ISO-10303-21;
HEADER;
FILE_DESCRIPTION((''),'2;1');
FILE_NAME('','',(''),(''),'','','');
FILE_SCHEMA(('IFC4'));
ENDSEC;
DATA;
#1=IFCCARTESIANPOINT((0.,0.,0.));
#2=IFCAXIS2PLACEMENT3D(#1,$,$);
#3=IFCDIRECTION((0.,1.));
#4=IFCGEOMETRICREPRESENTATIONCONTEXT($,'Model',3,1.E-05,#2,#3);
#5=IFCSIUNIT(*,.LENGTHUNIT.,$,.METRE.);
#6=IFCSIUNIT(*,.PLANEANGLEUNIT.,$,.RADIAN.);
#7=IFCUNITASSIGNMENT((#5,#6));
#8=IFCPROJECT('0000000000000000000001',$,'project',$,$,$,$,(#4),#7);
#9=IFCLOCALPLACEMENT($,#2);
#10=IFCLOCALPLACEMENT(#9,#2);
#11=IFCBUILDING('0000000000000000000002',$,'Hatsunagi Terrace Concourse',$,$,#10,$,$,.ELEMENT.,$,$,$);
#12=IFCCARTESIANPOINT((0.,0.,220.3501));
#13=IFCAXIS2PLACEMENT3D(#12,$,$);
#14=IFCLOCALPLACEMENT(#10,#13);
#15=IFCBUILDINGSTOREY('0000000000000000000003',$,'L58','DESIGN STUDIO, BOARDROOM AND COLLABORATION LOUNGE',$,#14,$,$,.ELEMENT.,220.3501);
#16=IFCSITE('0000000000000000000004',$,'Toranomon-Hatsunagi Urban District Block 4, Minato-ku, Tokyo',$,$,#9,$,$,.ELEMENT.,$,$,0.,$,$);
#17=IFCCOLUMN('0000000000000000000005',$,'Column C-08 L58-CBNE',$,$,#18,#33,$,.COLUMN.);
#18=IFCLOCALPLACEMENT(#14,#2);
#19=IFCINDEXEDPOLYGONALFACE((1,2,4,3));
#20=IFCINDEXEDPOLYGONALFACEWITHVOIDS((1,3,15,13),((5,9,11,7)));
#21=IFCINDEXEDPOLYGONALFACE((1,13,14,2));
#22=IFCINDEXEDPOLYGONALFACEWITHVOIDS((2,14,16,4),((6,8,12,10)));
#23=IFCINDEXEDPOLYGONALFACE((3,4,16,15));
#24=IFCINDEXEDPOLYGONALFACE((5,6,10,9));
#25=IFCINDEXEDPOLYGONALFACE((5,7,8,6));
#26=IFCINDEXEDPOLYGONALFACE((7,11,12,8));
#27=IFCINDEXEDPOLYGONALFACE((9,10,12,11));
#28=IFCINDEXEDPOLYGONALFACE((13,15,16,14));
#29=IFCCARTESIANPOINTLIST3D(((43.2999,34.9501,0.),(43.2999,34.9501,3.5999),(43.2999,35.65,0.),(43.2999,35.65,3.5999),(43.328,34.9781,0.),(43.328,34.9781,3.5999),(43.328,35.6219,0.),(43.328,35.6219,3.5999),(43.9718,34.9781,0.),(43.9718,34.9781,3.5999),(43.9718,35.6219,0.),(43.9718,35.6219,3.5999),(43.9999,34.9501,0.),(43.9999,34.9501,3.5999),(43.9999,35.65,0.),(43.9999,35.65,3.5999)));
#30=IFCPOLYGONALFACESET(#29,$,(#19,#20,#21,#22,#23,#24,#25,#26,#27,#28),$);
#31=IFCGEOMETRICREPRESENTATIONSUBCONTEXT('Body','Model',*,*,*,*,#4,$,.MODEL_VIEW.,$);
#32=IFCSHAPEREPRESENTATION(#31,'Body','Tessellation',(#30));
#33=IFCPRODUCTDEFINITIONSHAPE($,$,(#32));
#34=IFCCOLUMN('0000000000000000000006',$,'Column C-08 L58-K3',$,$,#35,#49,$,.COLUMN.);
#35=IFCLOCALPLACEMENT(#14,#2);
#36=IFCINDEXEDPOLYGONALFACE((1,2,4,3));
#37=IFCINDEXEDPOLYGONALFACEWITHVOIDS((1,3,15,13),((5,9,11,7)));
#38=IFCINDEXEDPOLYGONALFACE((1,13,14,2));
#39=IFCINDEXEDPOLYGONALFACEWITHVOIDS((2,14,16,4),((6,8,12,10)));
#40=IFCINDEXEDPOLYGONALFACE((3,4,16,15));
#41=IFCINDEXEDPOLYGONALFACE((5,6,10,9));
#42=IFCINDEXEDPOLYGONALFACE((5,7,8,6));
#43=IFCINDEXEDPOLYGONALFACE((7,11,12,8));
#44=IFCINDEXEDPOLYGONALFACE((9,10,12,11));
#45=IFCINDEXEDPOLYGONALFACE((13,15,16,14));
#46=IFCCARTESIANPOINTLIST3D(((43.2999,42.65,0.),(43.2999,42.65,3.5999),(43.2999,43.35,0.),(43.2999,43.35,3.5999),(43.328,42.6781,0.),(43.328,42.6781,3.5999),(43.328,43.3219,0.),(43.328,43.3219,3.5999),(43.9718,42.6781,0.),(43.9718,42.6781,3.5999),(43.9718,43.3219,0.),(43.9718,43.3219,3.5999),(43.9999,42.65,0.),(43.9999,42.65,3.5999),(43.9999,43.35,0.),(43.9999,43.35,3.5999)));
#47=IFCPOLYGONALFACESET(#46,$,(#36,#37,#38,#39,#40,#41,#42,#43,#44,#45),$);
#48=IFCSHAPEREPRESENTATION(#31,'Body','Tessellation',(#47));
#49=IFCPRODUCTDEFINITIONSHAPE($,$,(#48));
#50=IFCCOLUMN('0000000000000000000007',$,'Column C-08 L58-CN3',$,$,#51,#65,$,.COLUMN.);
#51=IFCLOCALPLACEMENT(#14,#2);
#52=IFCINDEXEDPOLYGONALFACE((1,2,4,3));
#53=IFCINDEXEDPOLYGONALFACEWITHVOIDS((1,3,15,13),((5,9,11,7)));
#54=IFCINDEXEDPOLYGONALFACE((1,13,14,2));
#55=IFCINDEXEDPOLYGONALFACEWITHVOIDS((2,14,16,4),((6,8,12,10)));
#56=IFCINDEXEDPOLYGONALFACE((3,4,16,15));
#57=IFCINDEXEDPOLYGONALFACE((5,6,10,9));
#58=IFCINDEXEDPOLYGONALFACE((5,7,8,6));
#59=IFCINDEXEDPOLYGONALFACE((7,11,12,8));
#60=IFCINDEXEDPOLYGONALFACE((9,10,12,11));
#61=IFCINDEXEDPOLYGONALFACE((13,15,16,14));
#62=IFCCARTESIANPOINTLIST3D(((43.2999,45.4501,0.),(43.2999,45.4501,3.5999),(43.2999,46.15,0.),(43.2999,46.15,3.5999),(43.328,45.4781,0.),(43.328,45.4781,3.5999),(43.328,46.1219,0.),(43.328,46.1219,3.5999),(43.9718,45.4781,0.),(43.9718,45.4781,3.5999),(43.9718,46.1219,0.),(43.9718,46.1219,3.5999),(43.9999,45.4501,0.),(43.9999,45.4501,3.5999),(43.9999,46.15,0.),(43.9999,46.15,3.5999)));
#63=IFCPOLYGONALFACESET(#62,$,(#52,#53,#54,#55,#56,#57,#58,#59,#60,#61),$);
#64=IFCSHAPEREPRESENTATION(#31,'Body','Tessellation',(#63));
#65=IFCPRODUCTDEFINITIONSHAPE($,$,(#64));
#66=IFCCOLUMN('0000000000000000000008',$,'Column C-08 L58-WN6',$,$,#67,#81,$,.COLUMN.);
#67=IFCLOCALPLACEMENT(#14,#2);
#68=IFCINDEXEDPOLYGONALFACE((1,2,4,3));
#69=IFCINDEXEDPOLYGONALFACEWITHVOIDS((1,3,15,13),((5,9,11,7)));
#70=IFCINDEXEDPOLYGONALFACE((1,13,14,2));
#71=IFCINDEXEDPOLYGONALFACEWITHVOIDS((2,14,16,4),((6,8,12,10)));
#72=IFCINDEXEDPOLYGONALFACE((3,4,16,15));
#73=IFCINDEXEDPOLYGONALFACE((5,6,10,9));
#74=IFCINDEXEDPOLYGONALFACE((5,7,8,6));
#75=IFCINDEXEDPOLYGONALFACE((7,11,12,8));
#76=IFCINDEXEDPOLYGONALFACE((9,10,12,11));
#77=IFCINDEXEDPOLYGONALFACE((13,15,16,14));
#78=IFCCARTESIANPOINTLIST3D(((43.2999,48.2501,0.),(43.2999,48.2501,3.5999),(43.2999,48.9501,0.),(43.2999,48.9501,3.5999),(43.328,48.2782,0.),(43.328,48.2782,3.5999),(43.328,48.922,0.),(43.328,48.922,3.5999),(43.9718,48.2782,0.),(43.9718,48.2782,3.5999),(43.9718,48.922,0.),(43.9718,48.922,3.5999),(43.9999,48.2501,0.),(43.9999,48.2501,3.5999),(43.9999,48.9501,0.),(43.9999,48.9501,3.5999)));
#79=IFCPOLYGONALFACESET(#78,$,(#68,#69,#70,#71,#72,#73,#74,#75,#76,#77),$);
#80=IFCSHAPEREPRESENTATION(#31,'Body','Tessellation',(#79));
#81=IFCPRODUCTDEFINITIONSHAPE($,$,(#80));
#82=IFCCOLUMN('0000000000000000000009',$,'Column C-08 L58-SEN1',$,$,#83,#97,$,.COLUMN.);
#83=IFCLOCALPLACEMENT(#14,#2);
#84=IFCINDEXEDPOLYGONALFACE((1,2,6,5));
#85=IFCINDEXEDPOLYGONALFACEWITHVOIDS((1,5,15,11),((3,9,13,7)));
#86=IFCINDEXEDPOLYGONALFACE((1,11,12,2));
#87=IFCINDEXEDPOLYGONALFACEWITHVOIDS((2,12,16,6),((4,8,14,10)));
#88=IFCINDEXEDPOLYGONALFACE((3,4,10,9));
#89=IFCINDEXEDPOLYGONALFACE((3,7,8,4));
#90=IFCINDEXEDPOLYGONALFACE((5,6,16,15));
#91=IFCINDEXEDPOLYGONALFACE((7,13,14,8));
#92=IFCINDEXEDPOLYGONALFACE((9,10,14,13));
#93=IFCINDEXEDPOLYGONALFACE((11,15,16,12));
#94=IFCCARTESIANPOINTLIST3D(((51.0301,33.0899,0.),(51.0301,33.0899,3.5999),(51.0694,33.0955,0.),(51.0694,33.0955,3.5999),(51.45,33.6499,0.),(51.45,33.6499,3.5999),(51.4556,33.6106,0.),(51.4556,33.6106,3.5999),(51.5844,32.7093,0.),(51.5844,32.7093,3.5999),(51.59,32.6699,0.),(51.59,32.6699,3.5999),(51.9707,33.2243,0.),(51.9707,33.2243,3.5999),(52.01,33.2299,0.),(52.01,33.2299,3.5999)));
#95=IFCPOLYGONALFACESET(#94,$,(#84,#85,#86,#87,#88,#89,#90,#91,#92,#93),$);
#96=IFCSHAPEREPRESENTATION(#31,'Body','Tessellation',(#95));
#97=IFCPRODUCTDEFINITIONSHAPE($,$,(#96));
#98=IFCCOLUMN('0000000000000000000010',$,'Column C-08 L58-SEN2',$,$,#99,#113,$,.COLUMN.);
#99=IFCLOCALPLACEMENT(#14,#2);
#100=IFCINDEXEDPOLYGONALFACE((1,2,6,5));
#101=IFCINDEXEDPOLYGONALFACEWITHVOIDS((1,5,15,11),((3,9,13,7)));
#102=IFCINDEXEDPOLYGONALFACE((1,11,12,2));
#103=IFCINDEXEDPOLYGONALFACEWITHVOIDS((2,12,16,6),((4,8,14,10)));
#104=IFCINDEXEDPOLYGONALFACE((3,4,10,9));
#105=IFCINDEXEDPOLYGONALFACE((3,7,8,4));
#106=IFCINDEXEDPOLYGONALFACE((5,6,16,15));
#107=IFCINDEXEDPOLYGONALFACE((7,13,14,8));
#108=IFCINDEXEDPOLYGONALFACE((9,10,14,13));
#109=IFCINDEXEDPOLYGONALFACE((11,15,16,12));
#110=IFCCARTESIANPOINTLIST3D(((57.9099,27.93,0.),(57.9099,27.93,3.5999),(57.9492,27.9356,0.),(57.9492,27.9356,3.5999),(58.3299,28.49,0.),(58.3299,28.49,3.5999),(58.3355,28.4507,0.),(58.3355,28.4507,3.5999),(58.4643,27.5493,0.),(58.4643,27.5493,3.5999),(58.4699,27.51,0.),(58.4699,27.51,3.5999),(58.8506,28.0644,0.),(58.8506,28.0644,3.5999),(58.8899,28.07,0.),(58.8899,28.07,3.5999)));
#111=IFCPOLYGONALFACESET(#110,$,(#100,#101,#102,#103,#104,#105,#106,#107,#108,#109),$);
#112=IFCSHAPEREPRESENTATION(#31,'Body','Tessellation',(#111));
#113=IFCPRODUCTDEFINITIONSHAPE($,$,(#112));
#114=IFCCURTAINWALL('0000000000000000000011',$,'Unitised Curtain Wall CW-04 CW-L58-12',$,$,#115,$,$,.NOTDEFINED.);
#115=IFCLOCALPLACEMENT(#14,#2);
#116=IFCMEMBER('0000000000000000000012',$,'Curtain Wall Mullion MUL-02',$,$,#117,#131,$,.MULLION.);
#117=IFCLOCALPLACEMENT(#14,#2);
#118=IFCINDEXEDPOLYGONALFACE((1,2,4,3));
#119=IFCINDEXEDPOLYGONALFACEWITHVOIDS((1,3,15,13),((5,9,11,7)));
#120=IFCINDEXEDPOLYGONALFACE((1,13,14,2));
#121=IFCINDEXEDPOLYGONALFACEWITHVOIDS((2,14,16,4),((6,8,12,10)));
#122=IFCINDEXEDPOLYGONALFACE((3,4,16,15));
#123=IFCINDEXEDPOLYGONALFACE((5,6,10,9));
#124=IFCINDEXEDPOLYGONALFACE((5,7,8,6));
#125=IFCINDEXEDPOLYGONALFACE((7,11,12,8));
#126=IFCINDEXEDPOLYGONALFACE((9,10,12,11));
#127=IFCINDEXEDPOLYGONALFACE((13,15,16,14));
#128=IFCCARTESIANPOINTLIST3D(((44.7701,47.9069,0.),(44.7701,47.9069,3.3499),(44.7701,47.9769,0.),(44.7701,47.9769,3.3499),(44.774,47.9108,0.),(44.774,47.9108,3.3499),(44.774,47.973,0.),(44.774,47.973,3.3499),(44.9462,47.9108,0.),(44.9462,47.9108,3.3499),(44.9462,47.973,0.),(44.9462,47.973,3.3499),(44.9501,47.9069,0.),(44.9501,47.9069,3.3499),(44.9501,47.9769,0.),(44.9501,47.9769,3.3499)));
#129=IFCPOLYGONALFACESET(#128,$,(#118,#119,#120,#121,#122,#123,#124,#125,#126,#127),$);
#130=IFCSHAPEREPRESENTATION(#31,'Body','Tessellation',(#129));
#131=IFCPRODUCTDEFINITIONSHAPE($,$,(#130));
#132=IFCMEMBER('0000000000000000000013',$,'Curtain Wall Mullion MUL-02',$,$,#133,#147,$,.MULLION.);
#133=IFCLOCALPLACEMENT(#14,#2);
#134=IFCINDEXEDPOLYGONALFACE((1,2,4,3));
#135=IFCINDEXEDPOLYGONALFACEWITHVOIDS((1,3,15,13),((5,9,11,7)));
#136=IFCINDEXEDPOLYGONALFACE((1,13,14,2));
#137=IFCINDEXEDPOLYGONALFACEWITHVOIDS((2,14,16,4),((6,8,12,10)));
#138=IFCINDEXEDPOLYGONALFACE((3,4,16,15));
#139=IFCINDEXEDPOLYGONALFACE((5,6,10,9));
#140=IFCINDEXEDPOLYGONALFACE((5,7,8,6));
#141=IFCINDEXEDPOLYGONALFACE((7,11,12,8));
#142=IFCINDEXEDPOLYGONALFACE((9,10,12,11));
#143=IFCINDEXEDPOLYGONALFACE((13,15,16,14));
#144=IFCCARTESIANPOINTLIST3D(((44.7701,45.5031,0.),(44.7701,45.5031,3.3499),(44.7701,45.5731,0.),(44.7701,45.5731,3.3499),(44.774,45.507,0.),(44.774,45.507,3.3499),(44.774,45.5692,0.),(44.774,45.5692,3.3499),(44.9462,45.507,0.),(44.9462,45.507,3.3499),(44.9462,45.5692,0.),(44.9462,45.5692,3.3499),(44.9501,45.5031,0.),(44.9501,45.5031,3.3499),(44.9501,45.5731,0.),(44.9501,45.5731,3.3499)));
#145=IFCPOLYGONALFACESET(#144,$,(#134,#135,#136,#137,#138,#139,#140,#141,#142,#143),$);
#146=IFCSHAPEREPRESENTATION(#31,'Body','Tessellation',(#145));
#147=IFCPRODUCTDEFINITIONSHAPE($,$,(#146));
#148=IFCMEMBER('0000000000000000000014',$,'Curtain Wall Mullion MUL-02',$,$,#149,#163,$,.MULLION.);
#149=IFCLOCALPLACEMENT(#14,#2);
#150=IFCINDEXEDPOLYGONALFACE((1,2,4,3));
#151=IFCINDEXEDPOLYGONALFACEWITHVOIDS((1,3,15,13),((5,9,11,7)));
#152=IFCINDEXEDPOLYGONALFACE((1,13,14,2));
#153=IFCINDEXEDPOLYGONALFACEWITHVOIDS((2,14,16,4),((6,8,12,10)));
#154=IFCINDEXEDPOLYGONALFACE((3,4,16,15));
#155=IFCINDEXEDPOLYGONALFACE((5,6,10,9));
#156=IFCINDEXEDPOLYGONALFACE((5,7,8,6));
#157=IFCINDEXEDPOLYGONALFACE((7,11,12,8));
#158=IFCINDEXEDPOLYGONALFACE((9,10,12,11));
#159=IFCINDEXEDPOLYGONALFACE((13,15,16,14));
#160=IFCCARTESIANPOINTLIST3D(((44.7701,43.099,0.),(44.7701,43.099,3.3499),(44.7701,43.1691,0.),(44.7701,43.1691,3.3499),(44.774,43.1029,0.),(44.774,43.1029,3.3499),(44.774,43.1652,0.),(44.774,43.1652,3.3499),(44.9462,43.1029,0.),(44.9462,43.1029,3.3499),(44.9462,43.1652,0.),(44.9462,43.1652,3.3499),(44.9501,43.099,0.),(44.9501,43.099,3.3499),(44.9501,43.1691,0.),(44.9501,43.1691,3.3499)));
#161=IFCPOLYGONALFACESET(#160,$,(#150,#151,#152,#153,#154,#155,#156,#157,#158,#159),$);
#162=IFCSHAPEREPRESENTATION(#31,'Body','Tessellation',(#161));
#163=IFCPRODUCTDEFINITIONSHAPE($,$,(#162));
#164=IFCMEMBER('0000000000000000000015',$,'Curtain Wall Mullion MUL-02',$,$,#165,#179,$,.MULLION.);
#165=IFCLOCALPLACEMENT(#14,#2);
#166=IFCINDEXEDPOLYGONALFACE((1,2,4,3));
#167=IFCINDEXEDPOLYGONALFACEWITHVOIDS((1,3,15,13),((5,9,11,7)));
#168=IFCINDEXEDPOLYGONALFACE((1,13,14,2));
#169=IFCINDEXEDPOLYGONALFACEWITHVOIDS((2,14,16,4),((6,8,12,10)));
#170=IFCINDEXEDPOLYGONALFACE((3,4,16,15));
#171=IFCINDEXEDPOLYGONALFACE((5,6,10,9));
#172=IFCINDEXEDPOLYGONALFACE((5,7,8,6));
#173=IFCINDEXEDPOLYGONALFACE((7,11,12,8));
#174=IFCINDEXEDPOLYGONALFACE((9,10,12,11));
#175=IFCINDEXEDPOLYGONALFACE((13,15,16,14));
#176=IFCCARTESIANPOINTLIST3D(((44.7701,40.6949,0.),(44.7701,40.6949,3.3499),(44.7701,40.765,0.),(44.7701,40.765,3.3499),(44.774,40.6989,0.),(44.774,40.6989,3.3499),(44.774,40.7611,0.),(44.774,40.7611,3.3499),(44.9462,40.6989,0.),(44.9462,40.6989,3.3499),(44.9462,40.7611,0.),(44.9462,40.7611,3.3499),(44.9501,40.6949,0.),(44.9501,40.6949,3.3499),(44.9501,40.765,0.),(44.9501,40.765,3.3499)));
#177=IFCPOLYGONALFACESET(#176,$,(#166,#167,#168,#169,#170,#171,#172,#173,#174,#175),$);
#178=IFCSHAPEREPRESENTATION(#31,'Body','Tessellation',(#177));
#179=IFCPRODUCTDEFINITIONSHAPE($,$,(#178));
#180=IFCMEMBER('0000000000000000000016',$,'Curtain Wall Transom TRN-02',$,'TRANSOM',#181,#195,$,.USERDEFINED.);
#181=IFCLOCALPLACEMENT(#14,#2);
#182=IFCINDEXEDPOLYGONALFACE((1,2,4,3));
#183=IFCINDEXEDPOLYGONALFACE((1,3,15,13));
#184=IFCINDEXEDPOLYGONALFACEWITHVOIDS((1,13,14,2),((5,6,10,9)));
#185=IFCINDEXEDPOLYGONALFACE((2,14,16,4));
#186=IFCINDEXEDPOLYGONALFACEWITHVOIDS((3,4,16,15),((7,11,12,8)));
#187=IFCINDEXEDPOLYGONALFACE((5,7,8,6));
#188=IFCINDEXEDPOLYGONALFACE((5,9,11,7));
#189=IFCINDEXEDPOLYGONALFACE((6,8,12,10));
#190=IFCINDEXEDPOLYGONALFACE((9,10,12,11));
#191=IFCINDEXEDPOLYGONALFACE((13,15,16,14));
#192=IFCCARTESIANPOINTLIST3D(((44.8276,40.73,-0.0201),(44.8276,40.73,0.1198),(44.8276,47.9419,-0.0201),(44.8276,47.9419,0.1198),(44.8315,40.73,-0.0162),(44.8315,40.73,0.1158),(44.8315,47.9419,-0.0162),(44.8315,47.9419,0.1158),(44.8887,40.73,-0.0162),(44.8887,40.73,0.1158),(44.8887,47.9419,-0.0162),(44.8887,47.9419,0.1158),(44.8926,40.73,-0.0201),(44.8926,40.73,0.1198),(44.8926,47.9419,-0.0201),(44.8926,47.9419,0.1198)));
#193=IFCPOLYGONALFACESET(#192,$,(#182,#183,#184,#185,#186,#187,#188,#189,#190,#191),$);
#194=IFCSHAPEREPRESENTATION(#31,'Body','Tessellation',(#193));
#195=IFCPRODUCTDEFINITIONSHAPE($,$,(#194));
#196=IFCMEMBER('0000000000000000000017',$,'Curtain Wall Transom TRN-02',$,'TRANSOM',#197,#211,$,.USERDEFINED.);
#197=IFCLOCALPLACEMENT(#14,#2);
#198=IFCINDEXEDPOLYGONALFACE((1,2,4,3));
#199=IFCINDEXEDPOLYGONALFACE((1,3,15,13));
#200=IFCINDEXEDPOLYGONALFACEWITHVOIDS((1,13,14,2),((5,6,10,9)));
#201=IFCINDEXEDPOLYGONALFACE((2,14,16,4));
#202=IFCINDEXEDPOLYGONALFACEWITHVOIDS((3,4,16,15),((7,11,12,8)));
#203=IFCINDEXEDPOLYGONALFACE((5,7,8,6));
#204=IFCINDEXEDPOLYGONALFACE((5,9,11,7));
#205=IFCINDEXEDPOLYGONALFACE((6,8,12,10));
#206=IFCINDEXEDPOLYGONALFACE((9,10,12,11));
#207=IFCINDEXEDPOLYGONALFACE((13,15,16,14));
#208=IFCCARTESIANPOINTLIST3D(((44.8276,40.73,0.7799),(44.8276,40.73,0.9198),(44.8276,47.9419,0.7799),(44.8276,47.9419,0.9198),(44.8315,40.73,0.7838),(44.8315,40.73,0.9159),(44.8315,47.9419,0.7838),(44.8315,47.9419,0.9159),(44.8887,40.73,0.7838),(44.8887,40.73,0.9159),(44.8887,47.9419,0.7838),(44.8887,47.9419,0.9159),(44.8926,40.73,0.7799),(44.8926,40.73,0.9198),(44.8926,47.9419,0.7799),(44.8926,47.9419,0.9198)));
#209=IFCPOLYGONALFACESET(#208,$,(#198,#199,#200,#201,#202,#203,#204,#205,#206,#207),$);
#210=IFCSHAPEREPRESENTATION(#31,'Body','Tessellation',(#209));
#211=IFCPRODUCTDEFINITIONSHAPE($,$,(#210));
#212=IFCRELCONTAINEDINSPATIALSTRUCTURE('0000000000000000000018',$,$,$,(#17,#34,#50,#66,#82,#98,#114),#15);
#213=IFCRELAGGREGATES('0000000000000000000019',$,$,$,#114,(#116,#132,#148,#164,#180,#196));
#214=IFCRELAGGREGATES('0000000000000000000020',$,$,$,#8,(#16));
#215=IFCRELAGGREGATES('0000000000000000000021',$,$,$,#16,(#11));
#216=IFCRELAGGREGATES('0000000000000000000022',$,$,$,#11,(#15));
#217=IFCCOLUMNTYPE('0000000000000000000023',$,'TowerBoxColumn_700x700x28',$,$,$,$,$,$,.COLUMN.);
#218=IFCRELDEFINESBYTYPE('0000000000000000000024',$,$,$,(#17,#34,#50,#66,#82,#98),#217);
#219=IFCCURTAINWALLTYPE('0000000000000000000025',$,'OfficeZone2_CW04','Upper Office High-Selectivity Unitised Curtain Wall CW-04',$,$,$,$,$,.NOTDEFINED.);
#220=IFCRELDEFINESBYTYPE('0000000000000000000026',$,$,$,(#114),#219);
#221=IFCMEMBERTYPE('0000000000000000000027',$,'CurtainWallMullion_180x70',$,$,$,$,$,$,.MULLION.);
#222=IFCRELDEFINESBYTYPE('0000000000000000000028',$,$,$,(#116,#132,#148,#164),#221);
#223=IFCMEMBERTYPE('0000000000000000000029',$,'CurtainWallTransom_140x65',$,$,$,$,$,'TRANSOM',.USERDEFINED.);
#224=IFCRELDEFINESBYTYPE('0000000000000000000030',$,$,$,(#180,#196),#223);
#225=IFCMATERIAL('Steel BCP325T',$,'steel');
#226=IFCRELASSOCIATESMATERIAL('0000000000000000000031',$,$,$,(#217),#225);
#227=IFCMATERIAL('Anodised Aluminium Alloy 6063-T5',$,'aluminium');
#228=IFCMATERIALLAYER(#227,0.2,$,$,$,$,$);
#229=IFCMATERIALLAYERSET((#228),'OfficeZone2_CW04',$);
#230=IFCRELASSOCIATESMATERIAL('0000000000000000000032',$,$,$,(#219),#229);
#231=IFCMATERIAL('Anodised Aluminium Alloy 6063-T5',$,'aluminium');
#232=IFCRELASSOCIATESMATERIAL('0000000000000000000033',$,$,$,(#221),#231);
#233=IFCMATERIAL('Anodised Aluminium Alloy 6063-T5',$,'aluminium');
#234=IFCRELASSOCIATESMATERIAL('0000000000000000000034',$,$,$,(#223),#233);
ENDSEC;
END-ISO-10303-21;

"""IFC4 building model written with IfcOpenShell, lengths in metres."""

from ifc_helpers import new_model, si_unit, direction, frame, origin, origin_2d, place, context, subcontext, project, spatial, hollow_rectangle, extrude, material, layer, layer_set, material_profile, profile_set, type_object, element, aggregate, save


model = new_model("IFC4")

# Units and contexts
model_context = context("Model", 3, precision=1e-05, world=origin(), true_north=direction((0.0, 1.0)))
body_context = subcontext(model_context, "Body", "Model", "MODEL_VIEW")
ifc_project = project(units=[si_unit("LENGTHUNIT", "METRE"), si_unit("PLANEANGLEUNIT", "RADIAN")], contexts=[model_context])

# Site, building, storey
site_placement = place(None, origin())
site = spatial("IfcSite", under=ifc_project, at=site_placement, Name="Toranomon-Hatsunagi Urban District Block 4, Minato-ku, Tokyo", CompositionType="ELEMENT", RefElevation=0.0)
building_placement = place(site_placement, origin())
building = spatial("IfcBuilding", under=site, at=building_placement, Name="Hatsunagi Terrace Concourse", CompositionType="ELEMENT")
storey_placement = place(building_placement, frame((0.0, 0.0, 220.3501)))
storey = spatial("IfcBuildingStorey", under=building, at=storey_placement, Name="L58", Description="DESIGN STUDIO, BOARDROOM AND COLLABORATION LOUNGE", CompositionType="ELEMENT", Elevation=220.3501)

# Columns
ifc_material_1 = material(Name="Steel BCP325T", Category="steel")
ifc_material_profile_1 = material_profile(ifc_material_1, hollow_rectangle(XDim=0.7, YDim=0.7, WallThickness=0.0281, at=origin_2d()), Name="BCP-700x700x28")
ifc_profile_set_1 = profile_set([ifc_material_profile_1], Name="Steel BCP325T")
column_type = type_object("IfcColumnType", Name="TowerBoxColumn_700x700x28", PredefinedType="COLUMN", material=ifc_profile_set_1)
for number, where, z_axis, x_axis, name in (
    (1, (43.6499, 35.3, 0.0), (0.0, 0.0, 1.0), (1.0, 0.0, 0.0), "Column C-08 L58-CBNE"),
    (2, (43.6499, 43.0, 0.0), (0.0, 0.0, 1.0), (1.0, 0.0, 0.0), "Column C-08 L58-K3"),
    (3, (43.6499, 45.8, 0.0), (0.0, 0.0, 1.0), (1.0, 0.0, 0.0), "Column C-08 L58-CN3"),
    (4, (43.6499, 48.6001, 0.0), (0.0, 0.0, 1.0), (1.0, 0.0, 0.0), "Column C-08 L58-WN6"),
    (5, (51.52, 33.1599, 0.0), (0.0, 0.0, 1.0), (0.8, -0.6, 0.0), "Column C-08 L58-SEN1"),
    (6, (58.3999, 28.0, 0.0), (0.0, 0.0, 1.0), (0.8, -0.6, 0.0), "Column C-08 L58-SEN2"),
):
    element("IfcColumn", number, at=place(storey_placement, frame(where, z_axis=z_axis, x_axis=x_axis)), inside=storey, type_object=column_type, Name=name, PredefinedType="COLUMN", context=body_context, shape_type="SweptSolid", body=[
        extrude(hollow_rectangle(XDim=0.7, YDim=0.7, WallThickness=0.0281, at=origin_2d()), origin(), (0.0, 0.0, 1.0), 3.5999),
    ])

# Curtain wall, members
ifc_material_2 = material(Name="Anodised Aluminium Alloy 6063-T5", Category="aluminium")
ifc_layer_1 = layer(ifc_material_2, 0.2)
ifc_layer_set_1 = layer_set([ifc_layer_1], Name="OfficeZone2_CW04")
curtain_wall_type = type_object("IfcCurtainWallType", Name="OfficeZone2_CW04", Description="Upper Office High-Selectivity Unitised Curtain Wall CW-04", PredefinedType="NOTDEFINED", material=ifc_layer_set_1)
curtain_wall_placement = place(storey_placement, origin())
curtain_wall = element("IfcCurtainWall", 7, at=curtain_wall_placement, inside=storey, type_object=curtain_wall_type, Name="Unitised Curtain Wall CW-04 CW-L58-12", PredefinedType="NOTDEFINED")
ifc_material_3 = material(Name="Anodised Aluminium Alloy 6063-T5", Category="aluminium")
ifc_material_profile_2 = material_profile(ifc_material_3, hollow_rectangle(XDim=0.0701, YDim=0.1799, WallThickness=0.0039, at=origin_2d()), Name="ALU-MUL-180x70x4")
ifc_profile_set_2 = profile_set([ifc_material_profile_2], Name="Anodised Aluminium Alloy 6063-T5")
member_type_1 = type_object("IfcMemberType", Name="CurtainWallMullion_180x70", PredefinedType="MULLION", material=ifc_profile_set_2)
member_1_placement = place(storey_placement, frame((44.8601, 47.9419, 0.0), z_axis=(0.0, 0.0, 1.0), x_axis=(0.0, -1.0, 0.0)))
member_1 = element("IfcMember", 8, at=member_1_placement, type_object=member_type_1, Name="Curtain Wall Mullion MUL-02", PredefinedType="MULLION", context=body_context, shape_type="SweptSolid", body=[
    extrude(hollow_rectangle(XDim=0.0701, YDim=0.1799, WallThickness=0.0039, at=origin_2d()), origin(), (0.0, 0.0, 1.0), 3.3499),
])
member_2_placement = place(storey_placement, frame((44.8601, 45.5381, 0.0), z_axis=(0.0, 0.0, 1.0), x_axis=(0.0, -1.0, 0.0)))
member_2 = element("IfcMember", 9, at=member_2_placement, type_object=member_type_1, Name="Curtain Wall Mullion MUL-02", PredefinedType="MULLION", context=body_context, shape_type="SweptSolid", body=[
    extrude(hollow_rectangle(XDim=0.0701, YDim=0.1799, WallThickness=0.0039, at=origin_2d()), origin(), (0.0, 0.0, 1.0), 3.3499),
])
member_3_placement = place(storey_placement, frame((44.8601, 43.134, 0.0), z_axis=(0.0, 0.0, 1.0), x_axis=(0.0, -1.0, 0.0)))
member_3 = element("IfcMember", 10, at=member_3_placement, type_object=member_type_1, Name="Curtain Wall Mullion MUL-02", PredefinedType="MULLION", context=body_context, shape_type="SweptSolid", body=[
    extrude(hollow_rectangle(XDim=0.0701, YDim=0.1799, WallThickness=0.0039, at=origin_2d()), origin(), (0.0, 0.0, 1.0), 3.3499),
])
member_4_placement = place(storey_placement, frame((44.8601, 40.73, 0.0), z_axis=(0.0, 0.0, 1.0), x_axis=(0.0, -1.0, 0.0)))
member_4 = element("IfcMember", 11, at=member_4_placement, type_object=member_type_1, Name="Curtain Wall Mullion MUL-02", PredefinedType="MULLION", context=body_context, shape_type="SweptSolid", body=[
    extrude(hollow_rectangle(XDim=0.0701, YDim=0.1799, WallThickness=0.0039, at=origin_2d()), origin(), (0.0, 0.0, 1.0), 3.3499),
])
ifc_material_4 = material(Name="Anodised Aluminium Alloy 6063-T5", Category="aluminium")
ifc_material_profile_3 = material_profile(ifc_material_4, hollow_rectangle(XDim=0.0649, YDim=0.1399, WallThickness=0.0039, at=origin_2d()), Name="ALU-TRN-140x65x4")
ifc_profile_set_3 = profile_set([ifc_material_profile_3], Name="Anodised Aluminium Alloy 6063-T5")
member_type_2 = type_object("IfcMemberType", Name="CurtainWallTransom_140x65", ElementType="TRANSOM", PredefinedType="USERDEFINED", material=ifc_profile_set_3)
member_5_placement = place(storey_placement, frame((44.8601, 47.9419, 0.0498), z_axis=(0.0, -1.0, 0.0), x_axis=(1.0, 0.0, 0.0)))
member_5 = element("IfcMember", 12, at=member_5_placement, type_object=member_type_2, Name="Curtain Wall Transom TRN-02", ObjectType="TRANSOM", PredefinedType="USERDEFINED", context=body_context, shape_type="SweptSolid", body=[
    extrude(hollow_rectangle(XDim=0.0649, YDim=0.1399, WallThickness=0.0039, at=origin_2d()), origin(), (0.0, 0.0, 1.0), 7.2119),
])
member_6_placement = place(storey_placement, frame((44.8601, 47.9419, 0.8499), z_axis=(0.0, -1.0, 0.0), x_axis=(1.0, 0.0, 0.0)))
member_6 = element("IfcMember", 13, at=member_6_placement, type_object=member_type_2, Name="Curtain Wall Transom TRN-02", ObjectType="TRANSOM", PredefinedType="USERDEFINED", context=body_context, shape_type="SweptSolid", body=[
    extrude(hollow_rectangle(XDim=0.0649, YDim=0.1399, WallThickness=0.0039, at=origin_2d()), origin(), (0.0, 0.0, 1.0), 7.2119),
])

aggregate(curtain_wall, [member_1, member_2, member_3, member_4, member_5, member_6])

save(model, "model.ifc")
